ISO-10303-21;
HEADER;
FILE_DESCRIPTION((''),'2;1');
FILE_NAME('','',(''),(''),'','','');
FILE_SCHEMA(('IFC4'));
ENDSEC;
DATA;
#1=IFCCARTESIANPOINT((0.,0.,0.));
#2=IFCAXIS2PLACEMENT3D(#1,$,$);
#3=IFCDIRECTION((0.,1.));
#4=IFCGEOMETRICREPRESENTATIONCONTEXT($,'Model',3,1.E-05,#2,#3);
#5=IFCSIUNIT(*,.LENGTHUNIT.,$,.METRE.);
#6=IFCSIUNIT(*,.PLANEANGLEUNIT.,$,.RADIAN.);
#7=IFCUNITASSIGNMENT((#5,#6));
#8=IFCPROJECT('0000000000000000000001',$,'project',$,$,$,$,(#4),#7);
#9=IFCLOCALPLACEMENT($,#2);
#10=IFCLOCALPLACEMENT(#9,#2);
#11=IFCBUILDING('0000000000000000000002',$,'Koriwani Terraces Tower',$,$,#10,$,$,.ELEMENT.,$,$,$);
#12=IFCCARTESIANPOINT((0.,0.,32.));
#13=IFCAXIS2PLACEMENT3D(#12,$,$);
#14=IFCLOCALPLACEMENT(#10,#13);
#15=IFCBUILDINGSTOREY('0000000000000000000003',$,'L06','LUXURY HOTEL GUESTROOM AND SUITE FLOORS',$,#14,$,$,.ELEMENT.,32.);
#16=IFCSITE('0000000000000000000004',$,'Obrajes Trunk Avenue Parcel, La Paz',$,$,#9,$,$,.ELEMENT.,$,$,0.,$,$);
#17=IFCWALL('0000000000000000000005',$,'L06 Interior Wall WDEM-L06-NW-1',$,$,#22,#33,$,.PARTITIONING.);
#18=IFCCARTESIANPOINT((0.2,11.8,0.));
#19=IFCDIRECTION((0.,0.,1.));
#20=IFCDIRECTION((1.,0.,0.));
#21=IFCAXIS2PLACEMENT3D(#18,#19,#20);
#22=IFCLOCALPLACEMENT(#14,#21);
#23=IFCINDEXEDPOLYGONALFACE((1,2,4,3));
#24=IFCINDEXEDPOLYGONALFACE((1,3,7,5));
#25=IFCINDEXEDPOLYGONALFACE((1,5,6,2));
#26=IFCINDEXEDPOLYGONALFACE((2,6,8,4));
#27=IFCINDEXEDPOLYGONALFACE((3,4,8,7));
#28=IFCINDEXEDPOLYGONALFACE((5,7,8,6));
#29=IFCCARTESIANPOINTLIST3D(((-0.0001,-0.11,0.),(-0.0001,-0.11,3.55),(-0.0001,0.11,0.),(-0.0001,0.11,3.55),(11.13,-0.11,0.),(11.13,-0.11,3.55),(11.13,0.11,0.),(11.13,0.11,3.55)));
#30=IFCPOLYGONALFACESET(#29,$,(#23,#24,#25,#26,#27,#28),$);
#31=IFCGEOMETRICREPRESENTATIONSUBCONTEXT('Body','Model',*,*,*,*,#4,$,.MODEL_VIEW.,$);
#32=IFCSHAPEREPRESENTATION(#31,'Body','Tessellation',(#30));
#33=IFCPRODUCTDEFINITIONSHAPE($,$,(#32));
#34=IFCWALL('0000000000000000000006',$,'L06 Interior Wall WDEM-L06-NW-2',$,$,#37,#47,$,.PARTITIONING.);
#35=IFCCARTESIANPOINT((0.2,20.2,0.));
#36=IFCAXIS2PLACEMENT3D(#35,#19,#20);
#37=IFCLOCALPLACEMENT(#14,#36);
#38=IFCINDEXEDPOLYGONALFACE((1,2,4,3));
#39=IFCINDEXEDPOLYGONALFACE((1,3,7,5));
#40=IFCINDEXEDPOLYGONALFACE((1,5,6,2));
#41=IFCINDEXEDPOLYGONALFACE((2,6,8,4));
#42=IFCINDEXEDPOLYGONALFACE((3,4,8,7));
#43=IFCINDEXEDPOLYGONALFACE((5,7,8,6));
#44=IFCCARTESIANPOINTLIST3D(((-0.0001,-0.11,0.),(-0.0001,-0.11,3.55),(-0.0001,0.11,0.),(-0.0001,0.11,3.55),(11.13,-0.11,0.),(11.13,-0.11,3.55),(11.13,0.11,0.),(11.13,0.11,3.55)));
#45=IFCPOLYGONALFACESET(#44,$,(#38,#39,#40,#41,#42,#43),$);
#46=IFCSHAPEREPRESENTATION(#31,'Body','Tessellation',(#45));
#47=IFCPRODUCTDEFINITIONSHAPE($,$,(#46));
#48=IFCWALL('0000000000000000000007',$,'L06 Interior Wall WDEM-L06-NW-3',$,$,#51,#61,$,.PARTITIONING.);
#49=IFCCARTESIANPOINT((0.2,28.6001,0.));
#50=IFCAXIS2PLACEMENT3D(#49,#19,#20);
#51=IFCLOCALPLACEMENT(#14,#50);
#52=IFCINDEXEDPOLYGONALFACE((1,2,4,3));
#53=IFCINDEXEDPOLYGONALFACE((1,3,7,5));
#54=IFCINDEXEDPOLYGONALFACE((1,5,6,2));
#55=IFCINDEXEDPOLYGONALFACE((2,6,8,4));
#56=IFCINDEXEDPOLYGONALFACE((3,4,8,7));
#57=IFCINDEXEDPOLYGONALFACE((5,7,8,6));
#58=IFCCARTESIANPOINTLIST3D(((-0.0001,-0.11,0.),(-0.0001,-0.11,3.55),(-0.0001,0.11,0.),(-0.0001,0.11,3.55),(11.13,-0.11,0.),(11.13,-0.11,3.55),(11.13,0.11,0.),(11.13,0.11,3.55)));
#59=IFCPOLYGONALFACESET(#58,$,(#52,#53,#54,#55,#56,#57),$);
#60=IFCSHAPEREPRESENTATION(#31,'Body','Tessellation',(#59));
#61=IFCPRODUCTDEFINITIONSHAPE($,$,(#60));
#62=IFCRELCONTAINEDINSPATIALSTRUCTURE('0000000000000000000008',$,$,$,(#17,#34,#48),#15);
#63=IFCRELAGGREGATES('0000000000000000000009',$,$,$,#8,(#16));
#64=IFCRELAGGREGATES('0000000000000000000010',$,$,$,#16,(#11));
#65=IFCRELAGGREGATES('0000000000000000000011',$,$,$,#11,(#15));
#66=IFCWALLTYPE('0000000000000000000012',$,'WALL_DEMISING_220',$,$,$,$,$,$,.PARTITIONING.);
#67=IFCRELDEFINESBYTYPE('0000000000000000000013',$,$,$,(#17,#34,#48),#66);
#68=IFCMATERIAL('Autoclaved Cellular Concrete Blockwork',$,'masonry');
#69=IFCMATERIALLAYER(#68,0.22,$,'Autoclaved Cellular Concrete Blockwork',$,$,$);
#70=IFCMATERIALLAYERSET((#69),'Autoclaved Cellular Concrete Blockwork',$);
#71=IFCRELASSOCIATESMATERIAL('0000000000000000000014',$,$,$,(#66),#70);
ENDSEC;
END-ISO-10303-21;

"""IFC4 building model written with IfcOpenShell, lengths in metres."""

from ifc_helpers import new_model, si_unit, direction, frame, frame_2d, origin, place, context, subcontext, project, spatial, rectangle, extrude, material, layer, layer_set, type_object, element, save


model = new_model("IFC4")

# Units and contexts
model_context = context("Model", 3, precision=1e-05, world=origin(), true_north=direction((0.0, 1.0)))
body_context = subcontext(model_context, "Body", "Model", "MODEL_VIEW")
ifc_project = project(units=[si_unit("LENGTHUNIT", "METRE"), si_unit("PLANEANGLEUNIT", "RADIAN")], contexts=[model_context])

# Site, building, storey
site_placement = place(None, origin())
site = spatial("IfcSite", under=ifc_project, at=site_placement, Name="Obrajes Trunk Avenue Parcel, La Paz", CompositionType="ELEMENT", RefElevation=0.0)
building_placement = place(site_placement, origin())
building = spatial("IfcBuilding", under=site, at=building_placement, Name="Koriwani Terraces Tower", CompositionType="ELEMENT")
storey_placement = place(building_placement, frame((0.0, 0.0, 32.0)))
storey = spatial("IfcBuildingStorey", under=building, at=storey_placement, Name="L06", Description="LUXURY HOTEL GUESTROOM AND SUITE FLOORS", CompositionType="ELEMENT", Elevation=32.0)

# Walls
ifc_material_1 = material(Name="Autoclaved Cellular Concrete Blockwork", Category="masonry")
ifc_layer_1 = layer(ifc_material_1, 0.22, Name="Autoclaved Cellular Concrete Blockwork")
ifc_layer_set_1 = layer_set([ifc_layer_1], Name="Autoclaved Cellular Concrete Blockwork")
wall_type_1 = type_object("IfcWallType", Name="WALL_DEMISING_220", PredefinedType="PARTITIONING", material=ifc_layer_set_1)
for number, where, z_axis, x_axis, name in (
    (1, (0.2, 11.8, 0.0), (0.0, 0.0, 1.0), (1.0, 0.0, 0.0), "L06 Interior Wall WDEM-L06-NW-1"),
    (2, (0.2, 20.2, 0.0), (0.0, 0.0, 1.0), (1.0, 0.0, 0.0), "L06 Interior Wall WDEM-L06-NW-2"),
    (3, (0.2, 28.6001, 0.0), (0.0, 0.0, 1.0), (1.0, 0.0, 0.0), "L06 Interior Wall WDEM-L06-NW-3"),
):
    element("IfcWall", number, at=place(storey_placement, frame(where, z_axis=z_axis, x_axis=x_axis)), inside=storey, type_object=wall_type_1, Name=name, PredefinedType="PARTITIONING", context=body_context, shape_type="SweptSolid", body=[
        extrude(rectangle(XDim=11.1301, YDim=0.22, at=frame_2d((5.5649, 0.0))), origin(), (0.0, 0.0, 1.0), 3.55),
    ])

save(model, "model.ifc")
